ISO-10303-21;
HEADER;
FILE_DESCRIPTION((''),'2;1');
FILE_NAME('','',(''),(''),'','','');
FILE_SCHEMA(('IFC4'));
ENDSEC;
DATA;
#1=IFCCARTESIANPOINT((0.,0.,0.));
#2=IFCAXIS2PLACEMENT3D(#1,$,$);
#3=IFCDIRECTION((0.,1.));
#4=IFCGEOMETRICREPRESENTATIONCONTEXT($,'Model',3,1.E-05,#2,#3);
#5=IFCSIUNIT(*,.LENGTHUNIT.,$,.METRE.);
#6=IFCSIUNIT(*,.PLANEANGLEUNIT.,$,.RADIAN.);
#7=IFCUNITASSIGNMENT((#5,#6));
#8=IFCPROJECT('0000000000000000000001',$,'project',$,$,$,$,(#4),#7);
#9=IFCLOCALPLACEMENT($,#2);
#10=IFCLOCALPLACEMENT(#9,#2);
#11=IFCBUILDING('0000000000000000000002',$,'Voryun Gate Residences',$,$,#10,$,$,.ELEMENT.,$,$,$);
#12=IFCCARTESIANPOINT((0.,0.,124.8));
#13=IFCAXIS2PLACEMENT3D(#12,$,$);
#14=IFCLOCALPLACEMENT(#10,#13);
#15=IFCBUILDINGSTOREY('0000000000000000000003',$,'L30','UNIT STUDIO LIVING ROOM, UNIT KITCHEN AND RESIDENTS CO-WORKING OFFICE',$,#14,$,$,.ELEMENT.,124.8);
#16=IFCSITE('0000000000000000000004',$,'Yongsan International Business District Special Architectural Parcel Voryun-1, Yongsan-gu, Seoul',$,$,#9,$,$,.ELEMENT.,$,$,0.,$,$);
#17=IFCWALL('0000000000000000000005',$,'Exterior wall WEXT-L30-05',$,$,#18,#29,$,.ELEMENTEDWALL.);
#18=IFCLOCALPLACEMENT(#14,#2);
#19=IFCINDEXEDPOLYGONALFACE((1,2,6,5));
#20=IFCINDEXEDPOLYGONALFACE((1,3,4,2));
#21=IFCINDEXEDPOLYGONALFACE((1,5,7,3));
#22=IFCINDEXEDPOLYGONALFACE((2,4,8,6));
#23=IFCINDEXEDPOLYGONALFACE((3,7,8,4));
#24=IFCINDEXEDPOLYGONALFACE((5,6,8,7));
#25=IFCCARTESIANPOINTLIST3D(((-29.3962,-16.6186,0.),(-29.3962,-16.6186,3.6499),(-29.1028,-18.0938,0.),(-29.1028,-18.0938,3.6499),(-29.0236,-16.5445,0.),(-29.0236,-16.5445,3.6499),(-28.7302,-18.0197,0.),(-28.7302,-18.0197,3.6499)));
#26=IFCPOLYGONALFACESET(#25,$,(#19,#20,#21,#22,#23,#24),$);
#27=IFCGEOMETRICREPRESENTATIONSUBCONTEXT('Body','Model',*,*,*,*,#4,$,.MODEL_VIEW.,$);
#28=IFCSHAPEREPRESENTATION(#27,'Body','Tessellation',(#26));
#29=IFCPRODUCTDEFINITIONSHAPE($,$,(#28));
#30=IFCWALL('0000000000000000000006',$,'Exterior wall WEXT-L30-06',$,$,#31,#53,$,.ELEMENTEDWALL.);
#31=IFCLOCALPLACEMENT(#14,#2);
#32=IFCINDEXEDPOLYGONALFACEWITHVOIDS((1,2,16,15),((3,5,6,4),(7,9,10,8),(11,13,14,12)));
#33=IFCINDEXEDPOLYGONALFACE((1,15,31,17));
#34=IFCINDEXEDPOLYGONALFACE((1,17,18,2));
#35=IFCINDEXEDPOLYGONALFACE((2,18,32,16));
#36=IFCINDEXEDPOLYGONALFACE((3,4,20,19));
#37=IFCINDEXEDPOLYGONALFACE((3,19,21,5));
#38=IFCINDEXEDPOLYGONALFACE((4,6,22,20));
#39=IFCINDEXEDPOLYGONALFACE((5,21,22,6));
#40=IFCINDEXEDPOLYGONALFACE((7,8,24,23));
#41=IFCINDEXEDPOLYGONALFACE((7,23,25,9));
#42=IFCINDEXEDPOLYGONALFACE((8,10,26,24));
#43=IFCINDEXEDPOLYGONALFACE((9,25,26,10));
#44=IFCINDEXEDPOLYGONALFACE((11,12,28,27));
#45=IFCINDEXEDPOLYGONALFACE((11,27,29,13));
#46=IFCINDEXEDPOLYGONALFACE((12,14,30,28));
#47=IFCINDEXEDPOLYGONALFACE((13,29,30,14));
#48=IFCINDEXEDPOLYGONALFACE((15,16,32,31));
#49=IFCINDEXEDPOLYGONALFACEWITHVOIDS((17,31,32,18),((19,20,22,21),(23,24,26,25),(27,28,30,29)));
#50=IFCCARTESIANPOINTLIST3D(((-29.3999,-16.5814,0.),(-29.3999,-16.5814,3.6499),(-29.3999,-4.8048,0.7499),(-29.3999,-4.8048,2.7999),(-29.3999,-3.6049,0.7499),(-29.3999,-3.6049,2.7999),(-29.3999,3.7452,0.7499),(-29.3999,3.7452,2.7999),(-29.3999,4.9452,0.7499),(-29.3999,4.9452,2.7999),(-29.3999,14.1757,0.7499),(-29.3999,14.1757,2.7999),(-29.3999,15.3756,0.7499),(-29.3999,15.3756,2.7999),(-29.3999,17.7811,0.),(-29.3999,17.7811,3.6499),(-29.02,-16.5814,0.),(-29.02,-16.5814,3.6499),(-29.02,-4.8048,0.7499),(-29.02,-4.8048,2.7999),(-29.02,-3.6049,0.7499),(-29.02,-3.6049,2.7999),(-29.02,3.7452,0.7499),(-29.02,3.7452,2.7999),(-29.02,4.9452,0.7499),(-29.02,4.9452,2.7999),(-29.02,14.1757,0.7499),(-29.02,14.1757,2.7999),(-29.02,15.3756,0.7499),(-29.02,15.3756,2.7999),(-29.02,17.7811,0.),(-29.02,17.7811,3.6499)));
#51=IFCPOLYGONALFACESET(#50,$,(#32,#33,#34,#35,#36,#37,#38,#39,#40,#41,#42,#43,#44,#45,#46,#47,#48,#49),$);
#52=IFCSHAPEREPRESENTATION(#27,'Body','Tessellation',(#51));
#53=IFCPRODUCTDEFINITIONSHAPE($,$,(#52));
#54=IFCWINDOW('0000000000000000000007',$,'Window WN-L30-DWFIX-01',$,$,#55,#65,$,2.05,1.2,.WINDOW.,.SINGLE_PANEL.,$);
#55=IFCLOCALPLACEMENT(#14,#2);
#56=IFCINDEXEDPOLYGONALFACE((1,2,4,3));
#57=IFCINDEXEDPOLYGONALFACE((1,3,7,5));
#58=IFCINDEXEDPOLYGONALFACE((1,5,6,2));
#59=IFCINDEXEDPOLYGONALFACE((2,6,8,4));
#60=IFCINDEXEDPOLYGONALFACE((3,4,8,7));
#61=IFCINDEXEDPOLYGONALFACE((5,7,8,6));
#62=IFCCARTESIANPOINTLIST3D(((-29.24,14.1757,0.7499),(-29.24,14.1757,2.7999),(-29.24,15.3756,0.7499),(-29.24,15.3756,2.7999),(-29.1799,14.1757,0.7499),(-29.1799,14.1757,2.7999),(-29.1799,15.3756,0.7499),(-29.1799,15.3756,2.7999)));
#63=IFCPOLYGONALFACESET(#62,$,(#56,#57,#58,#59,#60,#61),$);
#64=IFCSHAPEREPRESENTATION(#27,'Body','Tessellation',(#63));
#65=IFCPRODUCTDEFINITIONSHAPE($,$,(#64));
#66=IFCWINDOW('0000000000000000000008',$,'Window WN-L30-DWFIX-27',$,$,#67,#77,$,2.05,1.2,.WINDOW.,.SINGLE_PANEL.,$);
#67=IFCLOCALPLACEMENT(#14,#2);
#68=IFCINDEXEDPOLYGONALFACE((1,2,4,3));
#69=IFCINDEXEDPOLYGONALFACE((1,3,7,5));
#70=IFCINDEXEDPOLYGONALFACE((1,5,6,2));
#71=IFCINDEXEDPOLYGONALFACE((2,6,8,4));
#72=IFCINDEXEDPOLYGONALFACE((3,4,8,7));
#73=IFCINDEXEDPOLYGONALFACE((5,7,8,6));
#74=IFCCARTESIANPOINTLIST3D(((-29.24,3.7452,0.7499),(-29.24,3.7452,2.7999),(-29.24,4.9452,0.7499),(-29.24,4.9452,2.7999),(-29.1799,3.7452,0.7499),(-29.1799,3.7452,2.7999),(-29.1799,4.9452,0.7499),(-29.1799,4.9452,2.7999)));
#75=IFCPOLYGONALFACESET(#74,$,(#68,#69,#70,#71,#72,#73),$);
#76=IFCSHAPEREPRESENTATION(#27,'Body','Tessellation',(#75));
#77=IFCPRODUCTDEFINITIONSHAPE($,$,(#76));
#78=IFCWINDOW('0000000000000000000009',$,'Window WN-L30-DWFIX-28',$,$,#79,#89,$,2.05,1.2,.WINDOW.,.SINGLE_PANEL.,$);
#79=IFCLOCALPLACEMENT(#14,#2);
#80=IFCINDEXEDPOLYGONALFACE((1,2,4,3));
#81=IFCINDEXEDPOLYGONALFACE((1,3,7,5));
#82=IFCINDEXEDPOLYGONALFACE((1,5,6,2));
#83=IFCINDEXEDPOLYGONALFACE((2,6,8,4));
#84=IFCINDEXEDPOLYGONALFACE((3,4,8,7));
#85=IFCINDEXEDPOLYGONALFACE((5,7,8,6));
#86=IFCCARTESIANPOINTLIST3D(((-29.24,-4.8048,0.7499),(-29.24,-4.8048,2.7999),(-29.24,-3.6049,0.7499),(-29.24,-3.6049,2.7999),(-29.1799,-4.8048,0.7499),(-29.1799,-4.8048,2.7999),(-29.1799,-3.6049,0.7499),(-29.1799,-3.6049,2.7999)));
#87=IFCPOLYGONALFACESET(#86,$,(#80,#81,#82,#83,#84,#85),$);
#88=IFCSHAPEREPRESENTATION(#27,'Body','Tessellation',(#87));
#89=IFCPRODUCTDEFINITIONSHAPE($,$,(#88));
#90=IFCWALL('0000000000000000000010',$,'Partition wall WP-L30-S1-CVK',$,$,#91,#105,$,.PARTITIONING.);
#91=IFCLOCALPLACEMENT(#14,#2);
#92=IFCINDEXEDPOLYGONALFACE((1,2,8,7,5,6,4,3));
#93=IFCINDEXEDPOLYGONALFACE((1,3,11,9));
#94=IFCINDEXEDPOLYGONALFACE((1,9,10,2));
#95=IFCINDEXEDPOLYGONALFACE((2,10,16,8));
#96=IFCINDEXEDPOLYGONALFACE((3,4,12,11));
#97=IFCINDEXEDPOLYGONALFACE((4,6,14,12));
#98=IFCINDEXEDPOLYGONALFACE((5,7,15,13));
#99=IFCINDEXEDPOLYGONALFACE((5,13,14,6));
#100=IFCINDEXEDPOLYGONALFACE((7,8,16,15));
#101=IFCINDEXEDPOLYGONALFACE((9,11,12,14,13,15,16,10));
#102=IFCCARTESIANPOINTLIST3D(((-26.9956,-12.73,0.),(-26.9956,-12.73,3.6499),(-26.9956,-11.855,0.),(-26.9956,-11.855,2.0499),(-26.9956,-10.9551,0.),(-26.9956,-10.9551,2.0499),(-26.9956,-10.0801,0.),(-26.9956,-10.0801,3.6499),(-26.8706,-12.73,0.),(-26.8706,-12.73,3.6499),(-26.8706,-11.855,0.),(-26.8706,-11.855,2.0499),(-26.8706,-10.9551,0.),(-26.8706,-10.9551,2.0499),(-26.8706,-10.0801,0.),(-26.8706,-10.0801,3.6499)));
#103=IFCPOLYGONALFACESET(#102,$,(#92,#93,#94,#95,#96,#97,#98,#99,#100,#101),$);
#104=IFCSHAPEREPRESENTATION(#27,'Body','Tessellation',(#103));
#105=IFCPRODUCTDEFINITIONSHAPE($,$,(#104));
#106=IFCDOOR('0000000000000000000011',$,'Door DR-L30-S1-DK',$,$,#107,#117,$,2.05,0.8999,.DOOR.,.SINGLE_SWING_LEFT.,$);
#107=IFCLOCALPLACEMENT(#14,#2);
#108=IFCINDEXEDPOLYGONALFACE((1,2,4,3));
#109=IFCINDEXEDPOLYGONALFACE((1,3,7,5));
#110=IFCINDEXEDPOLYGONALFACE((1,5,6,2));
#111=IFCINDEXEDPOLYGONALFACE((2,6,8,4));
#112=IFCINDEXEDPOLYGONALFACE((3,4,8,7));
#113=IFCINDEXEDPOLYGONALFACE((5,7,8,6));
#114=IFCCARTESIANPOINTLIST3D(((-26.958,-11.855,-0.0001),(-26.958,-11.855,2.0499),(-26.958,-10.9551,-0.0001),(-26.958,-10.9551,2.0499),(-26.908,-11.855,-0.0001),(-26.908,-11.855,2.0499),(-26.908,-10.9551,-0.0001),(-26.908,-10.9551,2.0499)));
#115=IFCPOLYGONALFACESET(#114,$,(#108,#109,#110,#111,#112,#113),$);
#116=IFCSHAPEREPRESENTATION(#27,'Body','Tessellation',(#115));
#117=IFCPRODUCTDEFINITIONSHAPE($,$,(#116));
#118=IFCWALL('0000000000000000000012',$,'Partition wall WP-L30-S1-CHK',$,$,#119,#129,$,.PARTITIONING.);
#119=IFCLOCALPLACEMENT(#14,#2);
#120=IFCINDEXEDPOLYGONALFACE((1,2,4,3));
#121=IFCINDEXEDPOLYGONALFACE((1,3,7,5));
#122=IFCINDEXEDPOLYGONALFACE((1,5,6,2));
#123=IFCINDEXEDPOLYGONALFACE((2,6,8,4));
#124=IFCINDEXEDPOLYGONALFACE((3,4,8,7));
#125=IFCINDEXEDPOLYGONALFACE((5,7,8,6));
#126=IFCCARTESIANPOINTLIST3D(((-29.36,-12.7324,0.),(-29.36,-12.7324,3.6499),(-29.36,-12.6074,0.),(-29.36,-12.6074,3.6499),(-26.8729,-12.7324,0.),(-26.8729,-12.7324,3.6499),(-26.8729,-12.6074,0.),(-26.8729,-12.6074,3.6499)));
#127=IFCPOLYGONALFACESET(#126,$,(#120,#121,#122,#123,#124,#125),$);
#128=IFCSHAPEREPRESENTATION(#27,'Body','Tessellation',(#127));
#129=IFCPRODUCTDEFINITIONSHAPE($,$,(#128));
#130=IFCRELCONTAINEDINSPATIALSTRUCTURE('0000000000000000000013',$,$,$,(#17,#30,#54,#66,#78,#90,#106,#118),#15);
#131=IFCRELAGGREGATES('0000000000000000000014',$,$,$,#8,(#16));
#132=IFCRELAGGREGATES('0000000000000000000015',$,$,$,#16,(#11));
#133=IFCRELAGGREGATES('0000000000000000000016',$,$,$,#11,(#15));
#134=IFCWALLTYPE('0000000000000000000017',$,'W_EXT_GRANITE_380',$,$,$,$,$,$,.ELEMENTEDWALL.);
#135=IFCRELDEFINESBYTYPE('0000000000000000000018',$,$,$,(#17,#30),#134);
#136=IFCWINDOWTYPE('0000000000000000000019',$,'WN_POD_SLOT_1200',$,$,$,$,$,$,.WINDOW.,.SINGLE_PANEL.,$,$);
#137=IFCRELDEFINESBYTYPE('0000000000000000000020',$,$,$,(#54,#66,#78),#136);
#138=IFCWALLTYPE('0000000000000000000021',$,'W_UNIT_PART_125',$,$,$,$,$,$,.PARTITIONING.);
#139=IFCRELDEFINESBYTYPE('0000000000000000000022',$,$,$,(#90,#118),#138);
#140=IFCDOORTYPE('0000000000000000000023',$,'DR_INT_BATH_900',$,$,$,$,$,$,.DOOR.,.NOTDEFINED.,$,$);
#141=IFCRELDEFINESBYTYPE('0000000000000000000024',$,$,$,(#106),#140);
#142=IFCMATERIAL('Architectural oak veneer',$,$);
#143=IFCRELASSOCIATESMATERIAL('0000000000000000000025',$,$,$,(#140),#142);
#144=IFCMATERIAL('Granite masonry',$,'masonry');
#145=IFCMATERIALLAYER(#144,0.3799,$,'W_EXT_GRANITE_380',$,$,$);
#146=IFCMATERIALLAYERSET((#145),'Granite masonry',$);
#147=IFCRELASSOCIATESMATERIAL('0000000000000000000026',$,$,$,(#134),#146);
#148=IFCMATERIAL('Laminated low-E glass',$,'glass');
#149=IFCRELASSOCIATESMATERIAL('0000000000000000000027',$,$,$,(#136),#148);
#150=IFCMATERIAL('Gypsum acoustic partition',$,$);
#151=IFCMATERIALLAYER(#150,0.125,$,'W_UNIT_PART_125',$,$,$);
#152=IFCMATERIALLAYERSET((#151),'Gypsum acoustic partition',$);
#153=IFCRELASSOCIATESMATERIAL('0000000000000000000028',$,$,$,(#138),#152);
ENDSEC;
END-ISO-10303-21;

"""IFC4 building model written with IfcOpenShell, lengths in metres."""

from ifc_helpers import new_model, si_unit, direction, frame, frame_2d, origin, place, context, subcontext, project, spatial, rectangle, extrude, material, layer, layer_set, type_object, element, fill, save


model = new_model("IFC4")

# Units and contexts
model_context = context("Model", 3, precision=1e-05, world=origin(), true_north=direction((0.0, 1.0)))
body_context = subcontext(model_context, "Body", "Model", "MODEL_VIEW")
ifc_project = project(units=[si_unit("LENGTHUNIT", "METRE"), si_unit("PLANEANGLEUNIT", "RADIAN")], contexts=[model_context])

# Site, building, storey
site_placement = place(None, origin())
site = spatial("IfcSite", under=ifc_project, at=site_placement, Name="Yongsan International Business District Special Architectural Parcel Voryun-1, Yongsan-gu, Seoul", CompositionType="ELEMENT", RefElevation=0.0)
building_placement = place(site_placement, origin())
building = spatial("IfcBuilding", under=site, at=building_placement, Name="Voryun Gate Residences", CompositionType="ELEMENT")
storey_placement = place(building_placement, frame((0.0, 0.0, 124.8)))
storey = spatial("IfcBuildingStorey", under=building, at=storey_placement, Name="L30", Description="UNIT STUDIO LIVING ROOM, UNIT KITCHEN AND RESIDENTS CO-WORKING OFFICE", CompositionType="ELEMENT", Elevation=124.8)

# Shared definitions
ifc_material_1 = material(Name="Architectural oak veneer")
door_type_1 = type_object("IfcDoorType", Name="DR_INT_BATH_900", OperationType="NOTDEFINED", PredefinedType="DOOR", material=ifc_material_1)

# Wall
ifc_material_2 = material(Name="Granite masonry", Category="masonry")
ifc_layer_1 = layer(ifc_material_2, 0.3799, Name="W_EXT_GRANITE_380")
ifc_layer_set_1 = layer_set([ifc_layer_1], Name="Granite masonry")
wall_type_1 = type_object("IfcWallType", Name="W_EXT_GRANITE_380", PredefinedType="ELEMENTEDWALL", material=ifc_layer_set_1)
wall_1_placement = place(storey_placement, frame((-28.9165, -18.0566, 0.0), z_axis=(0.0, 0.0, 1.0), x_axis=(-0.195086, 0.980786, 0.0)))
element("IfcWall", 1, at=wall_1_placement, inside=storey, type_object=wall_type_1, Name="Exterior wall WEXT-L30-05", PredefinedType="ELEMENTEDWALL", context=body_context, shape_type="SweptSolid", body=[
    extrude(rectangle(XDim=1.5042, YDim=0.3799, at=frame_2d((0.752, 0.0))), origin(), (0.0, 0.0, 1.0), 3.6499),
])

# Wall, openings, windows
wall_2_placement = place(storey_placement, frame((-29.21, -16.5813, 0.0), z_axis=(0.0, 0.0, 1.0), x_axis=(0.0, 1.0, 0.0)))
wall_2 = element("IfcWall", 2, at=wall_2_placement, inside=storey, type_object=wall_type_1, Name="Exterior wall WEXT-L30-06", PredefinedType="ELEMENTEDWALL", context=body_context, shape_type="SweptSolid", body=[
    extrude(rectangle(XDim=34.3625, YDim=0.3799, at=frame_2d((17.1812, 0.0))), origin(), (0.0, 0.0, 1.0), 3.6499),
])
opening_1_placement = place(wall_2_placement, frame((30.7568, 0.0, 0.75)))
opening_1 = element("IfcOpeningElement", 3, at=opening_1_placement, cuts=wall_2, PredefinedType="OPENING", context=body_context, shape_type="SweptSolid", body=[
    extrude(rectangle(XDim=1.2, YDim=2.05, at=frame_2d((0.6001, 1.0249))), frame((0.0, 0.2, 0.0), z_axis=(0.0, -1.0, 0.0), x_axis=(1.0, 0.0, 0.0)), (0.0, 0.0, 1.0), 0.3999),
])
opening_2_placement = place(wall_2_placement, frame((20.3264, 0.0, 0.75)))
opening_2 = element("IfcOpeningElement", 4, at=opening_2_placement, cuts=wall_2, PredefinedType="OPENING", context=body_context, shape_type="SweptSolid", body=[
    extrude(rectangle(XDim=1.2, YDim=2.05, at=frame_2d((0.6001, 1.0249))), frame((0.0, 0.2, 0.0), z_axis=(0.0, -1.0, 0.0), x_axis=(1.0, 0.0, 0.0)), (0.0, 0.0, 1.0), 0.3999),
])
opening_3_placement = place(wall_2_placement, frame((11.7764, 0.0, 0.75)))
opening_3 = element("IfcOpeningElement", 5, at=opening_3_placement, cuts=wall_2, PredefinedType="OPENING", context=body_context, shape_type="SweptSolid", body=[
    extrude(rectangle(XDim=1.2, YDim=2.05, at=frame_2d((0.6001, 1.0249))), frame((0.0, 0.2, 0.0), z_axis=(0.0, -1.0, 0.0), x_axis=(1.0, 0.0, 0.0)), (0.0, 0.0, 1.0), 0.3999),
])
ifc_material_3 = material(Name="Laminated low-E glass", Category="glass")
window_type = type_object("IfcWindowType", Name="WN_POD_SLOT_1200", PartitioningType="SINGLE_PANEL", PredefinedType="WINDOW", material=ifc_material_3)
window_1_placement = place(opening_1_placement, origin())
window_1 = element("IfcWindow", 6, at=window_1_placement, inside=storey, type_object=window_type, Name="Window WN-L30-DWFIX-01", OverallHeight=2.05, OverallWidth=1.2, PartitioningType="SINGLE_PANEL", PredefinedType="WINDOW", context=body_context, shape_type="SweptSolid", body=[
    extrude(rectangle(XDim=1.2, YDim=2.05, at=frame_2d((0.6001, 1.0249))), frame((0.0, 0.03, 0.0), z_axis=(0.0, -1.0, 0.0), x_axis=(1.0, 0.0, 0.0)), (0.0, 0.0, 1.0), 0.0601),
])
fill(opening_1, window_1)
window_2_placement = place(opening_2_placement, origin())
window_2 = element("IfcWindow", 7, at=window_2_placement, inside=storey, type_object=window_type, Name="Window WN-L30-DWFIX-27", OverallHeight=2.05, OverallWidth=1.2, PartitioningType="SINGLE_PANEL", PredefinedType="WINDOW", context=body_context, shape_type="SweptSolid", body=[
    extrude(rectangle(XDim=1.2, YDim=2.05, at=frame_2d((0.6001, 1.0249))), frame((0.0, 0.03, 0.0), z_axis=(0.0, -1.0, 0.0), x_axis=(1.0, 0.0, 0.0)), (0.0, 0.0, 1.0), 0.0601),
])
fill(opening_2, window_2)
window_3_placement = place(opening_3_placement, origin())
window_3 = element("IfcWindow", 8, at=window_3_placement, inside=storey, type_object=window_type, Name="Window WN-L30-DWFIX-28", OverallHeight=2.05, OverallWidth=1.2, PartitioningType="SINGLE_PANEL", PredefinedType="WINDOW", context=body_context, shape_type="SweptSolid", body=[
    extrude(rectangle(XDim=1.2, YDim=2.05, at=frame_2d((0.6001, 1.0249))), frame((0.0, 0.03, 0.0), z_axis=(0.0, -1.0, 0.0), x_axis=(1.0, 0.0, 0.0)), (0.0, 0.0, 1.0), 0.0601),
])
fill(opening_3, window_3)

# Wall, opening, door
ifc_material_4 = material(Name="Gypsum acoustic partition")
ifc_layer_2 = layer(ifc_material_4, 0.125, Name="W_UNIT_PART_125")
ifc_layer_set_2 = layer_set([ifc_layer_2], Name="Gypsum acoustic partition")
wall_type_2 = type_object("IfcWallType", Name="W_UNIT_PART_125", PredefinedType="PARTITIONING", material=ifc_layer_set_2)
wall_3_placement = place(storey_placement, frame((-26.9331, -12.73, 0.0), z_axis=(0.0, 0.0, 1.0), x_axis=(0.0, 1.0, 0.0)))
wall_3 = element("IfcWall", 9, at=wall_3_placement, inside=storey, type_object=wall_type_2, Name="Partition wall WP-L30-S1-CVK", PredefinedType="PARTITIONING", context=body_context, shape_type="SweptSolid", body=[
    extrude(rectangle(XDim=2.6499, YDim=0.125, at=frame_2d((1.325, 0.0))), origin(), (0.0, 0.0, 1.0), 3.6499),
])
opening_4_placement = place(wall_3_placement, frame((0.875, 0.0, 0.0)))
opening_4 = element("IfcOpeningElement", 10, at=opening_4_placement, cuts=wall_3, PredefinedType="OPENING", context=body_context, shape_type="SweptSolid", body=[
    extrude(rectangle(XDim=0.8999, YDim=2.05, at=frame_2d((0.45, 1.0249))), frame((0.0, 0.0725, 0.0), z_axis=(0.0, -1.0, 0.0), x_axis=(1.0, 0.0, 0.0)), (0.0, 0.0, 1.0), 0.145),
])
door_1_placement = place(opening_4_placement, origin())
door_1 = element("IfcDoor", 11, at=door_1_placement, inside=storey, type_object=door_type_1, Name="Door DR-L30-S1-DK", OperationType="SINGLE_SWING_LEFT", OverallHeight=2.05, OverallWidth=0.8999, PredefinedType="DOOR", context=body_context, shape_type="SweptSolid", body=[
    extrude(rectangle(XDim=0.8999, YDim=2.05, at=frame_2d((0.45, 1.0249))), frame((0.0, 0.0249, 0.0), z_axis=(0.0, -1.0, 0.0), x_axis=(1.0, 0.0, 0.0)), (0.0, 0.0, 1.0), 0.05),
])
fill(opening_4, door_1)

# Wall
wall_4_placement = place(storey_placement, frame((-29.3601, -12.6699, 0.0), z_axis=(0.0, 0.0, 1.0), x_axis=(1.0, 0.0, 0.0)))
element("IfcWall", 12, at=wall_4_placement, inside=storey, type_object=wall_type_2, Name="Partition wall WP-L30-S1-CHK", PredefinedType="PARTITIONING", context=body_context, shape_type="SweptSolid", body=[
    extrude(rectangle(XDim=2.4871, YDim=0.125, at=frame_2d((1.2437, 0.0))), origin(), (0.0, 0.0, 1.0), 3.6499),
])

save(model, "model.ifc")
